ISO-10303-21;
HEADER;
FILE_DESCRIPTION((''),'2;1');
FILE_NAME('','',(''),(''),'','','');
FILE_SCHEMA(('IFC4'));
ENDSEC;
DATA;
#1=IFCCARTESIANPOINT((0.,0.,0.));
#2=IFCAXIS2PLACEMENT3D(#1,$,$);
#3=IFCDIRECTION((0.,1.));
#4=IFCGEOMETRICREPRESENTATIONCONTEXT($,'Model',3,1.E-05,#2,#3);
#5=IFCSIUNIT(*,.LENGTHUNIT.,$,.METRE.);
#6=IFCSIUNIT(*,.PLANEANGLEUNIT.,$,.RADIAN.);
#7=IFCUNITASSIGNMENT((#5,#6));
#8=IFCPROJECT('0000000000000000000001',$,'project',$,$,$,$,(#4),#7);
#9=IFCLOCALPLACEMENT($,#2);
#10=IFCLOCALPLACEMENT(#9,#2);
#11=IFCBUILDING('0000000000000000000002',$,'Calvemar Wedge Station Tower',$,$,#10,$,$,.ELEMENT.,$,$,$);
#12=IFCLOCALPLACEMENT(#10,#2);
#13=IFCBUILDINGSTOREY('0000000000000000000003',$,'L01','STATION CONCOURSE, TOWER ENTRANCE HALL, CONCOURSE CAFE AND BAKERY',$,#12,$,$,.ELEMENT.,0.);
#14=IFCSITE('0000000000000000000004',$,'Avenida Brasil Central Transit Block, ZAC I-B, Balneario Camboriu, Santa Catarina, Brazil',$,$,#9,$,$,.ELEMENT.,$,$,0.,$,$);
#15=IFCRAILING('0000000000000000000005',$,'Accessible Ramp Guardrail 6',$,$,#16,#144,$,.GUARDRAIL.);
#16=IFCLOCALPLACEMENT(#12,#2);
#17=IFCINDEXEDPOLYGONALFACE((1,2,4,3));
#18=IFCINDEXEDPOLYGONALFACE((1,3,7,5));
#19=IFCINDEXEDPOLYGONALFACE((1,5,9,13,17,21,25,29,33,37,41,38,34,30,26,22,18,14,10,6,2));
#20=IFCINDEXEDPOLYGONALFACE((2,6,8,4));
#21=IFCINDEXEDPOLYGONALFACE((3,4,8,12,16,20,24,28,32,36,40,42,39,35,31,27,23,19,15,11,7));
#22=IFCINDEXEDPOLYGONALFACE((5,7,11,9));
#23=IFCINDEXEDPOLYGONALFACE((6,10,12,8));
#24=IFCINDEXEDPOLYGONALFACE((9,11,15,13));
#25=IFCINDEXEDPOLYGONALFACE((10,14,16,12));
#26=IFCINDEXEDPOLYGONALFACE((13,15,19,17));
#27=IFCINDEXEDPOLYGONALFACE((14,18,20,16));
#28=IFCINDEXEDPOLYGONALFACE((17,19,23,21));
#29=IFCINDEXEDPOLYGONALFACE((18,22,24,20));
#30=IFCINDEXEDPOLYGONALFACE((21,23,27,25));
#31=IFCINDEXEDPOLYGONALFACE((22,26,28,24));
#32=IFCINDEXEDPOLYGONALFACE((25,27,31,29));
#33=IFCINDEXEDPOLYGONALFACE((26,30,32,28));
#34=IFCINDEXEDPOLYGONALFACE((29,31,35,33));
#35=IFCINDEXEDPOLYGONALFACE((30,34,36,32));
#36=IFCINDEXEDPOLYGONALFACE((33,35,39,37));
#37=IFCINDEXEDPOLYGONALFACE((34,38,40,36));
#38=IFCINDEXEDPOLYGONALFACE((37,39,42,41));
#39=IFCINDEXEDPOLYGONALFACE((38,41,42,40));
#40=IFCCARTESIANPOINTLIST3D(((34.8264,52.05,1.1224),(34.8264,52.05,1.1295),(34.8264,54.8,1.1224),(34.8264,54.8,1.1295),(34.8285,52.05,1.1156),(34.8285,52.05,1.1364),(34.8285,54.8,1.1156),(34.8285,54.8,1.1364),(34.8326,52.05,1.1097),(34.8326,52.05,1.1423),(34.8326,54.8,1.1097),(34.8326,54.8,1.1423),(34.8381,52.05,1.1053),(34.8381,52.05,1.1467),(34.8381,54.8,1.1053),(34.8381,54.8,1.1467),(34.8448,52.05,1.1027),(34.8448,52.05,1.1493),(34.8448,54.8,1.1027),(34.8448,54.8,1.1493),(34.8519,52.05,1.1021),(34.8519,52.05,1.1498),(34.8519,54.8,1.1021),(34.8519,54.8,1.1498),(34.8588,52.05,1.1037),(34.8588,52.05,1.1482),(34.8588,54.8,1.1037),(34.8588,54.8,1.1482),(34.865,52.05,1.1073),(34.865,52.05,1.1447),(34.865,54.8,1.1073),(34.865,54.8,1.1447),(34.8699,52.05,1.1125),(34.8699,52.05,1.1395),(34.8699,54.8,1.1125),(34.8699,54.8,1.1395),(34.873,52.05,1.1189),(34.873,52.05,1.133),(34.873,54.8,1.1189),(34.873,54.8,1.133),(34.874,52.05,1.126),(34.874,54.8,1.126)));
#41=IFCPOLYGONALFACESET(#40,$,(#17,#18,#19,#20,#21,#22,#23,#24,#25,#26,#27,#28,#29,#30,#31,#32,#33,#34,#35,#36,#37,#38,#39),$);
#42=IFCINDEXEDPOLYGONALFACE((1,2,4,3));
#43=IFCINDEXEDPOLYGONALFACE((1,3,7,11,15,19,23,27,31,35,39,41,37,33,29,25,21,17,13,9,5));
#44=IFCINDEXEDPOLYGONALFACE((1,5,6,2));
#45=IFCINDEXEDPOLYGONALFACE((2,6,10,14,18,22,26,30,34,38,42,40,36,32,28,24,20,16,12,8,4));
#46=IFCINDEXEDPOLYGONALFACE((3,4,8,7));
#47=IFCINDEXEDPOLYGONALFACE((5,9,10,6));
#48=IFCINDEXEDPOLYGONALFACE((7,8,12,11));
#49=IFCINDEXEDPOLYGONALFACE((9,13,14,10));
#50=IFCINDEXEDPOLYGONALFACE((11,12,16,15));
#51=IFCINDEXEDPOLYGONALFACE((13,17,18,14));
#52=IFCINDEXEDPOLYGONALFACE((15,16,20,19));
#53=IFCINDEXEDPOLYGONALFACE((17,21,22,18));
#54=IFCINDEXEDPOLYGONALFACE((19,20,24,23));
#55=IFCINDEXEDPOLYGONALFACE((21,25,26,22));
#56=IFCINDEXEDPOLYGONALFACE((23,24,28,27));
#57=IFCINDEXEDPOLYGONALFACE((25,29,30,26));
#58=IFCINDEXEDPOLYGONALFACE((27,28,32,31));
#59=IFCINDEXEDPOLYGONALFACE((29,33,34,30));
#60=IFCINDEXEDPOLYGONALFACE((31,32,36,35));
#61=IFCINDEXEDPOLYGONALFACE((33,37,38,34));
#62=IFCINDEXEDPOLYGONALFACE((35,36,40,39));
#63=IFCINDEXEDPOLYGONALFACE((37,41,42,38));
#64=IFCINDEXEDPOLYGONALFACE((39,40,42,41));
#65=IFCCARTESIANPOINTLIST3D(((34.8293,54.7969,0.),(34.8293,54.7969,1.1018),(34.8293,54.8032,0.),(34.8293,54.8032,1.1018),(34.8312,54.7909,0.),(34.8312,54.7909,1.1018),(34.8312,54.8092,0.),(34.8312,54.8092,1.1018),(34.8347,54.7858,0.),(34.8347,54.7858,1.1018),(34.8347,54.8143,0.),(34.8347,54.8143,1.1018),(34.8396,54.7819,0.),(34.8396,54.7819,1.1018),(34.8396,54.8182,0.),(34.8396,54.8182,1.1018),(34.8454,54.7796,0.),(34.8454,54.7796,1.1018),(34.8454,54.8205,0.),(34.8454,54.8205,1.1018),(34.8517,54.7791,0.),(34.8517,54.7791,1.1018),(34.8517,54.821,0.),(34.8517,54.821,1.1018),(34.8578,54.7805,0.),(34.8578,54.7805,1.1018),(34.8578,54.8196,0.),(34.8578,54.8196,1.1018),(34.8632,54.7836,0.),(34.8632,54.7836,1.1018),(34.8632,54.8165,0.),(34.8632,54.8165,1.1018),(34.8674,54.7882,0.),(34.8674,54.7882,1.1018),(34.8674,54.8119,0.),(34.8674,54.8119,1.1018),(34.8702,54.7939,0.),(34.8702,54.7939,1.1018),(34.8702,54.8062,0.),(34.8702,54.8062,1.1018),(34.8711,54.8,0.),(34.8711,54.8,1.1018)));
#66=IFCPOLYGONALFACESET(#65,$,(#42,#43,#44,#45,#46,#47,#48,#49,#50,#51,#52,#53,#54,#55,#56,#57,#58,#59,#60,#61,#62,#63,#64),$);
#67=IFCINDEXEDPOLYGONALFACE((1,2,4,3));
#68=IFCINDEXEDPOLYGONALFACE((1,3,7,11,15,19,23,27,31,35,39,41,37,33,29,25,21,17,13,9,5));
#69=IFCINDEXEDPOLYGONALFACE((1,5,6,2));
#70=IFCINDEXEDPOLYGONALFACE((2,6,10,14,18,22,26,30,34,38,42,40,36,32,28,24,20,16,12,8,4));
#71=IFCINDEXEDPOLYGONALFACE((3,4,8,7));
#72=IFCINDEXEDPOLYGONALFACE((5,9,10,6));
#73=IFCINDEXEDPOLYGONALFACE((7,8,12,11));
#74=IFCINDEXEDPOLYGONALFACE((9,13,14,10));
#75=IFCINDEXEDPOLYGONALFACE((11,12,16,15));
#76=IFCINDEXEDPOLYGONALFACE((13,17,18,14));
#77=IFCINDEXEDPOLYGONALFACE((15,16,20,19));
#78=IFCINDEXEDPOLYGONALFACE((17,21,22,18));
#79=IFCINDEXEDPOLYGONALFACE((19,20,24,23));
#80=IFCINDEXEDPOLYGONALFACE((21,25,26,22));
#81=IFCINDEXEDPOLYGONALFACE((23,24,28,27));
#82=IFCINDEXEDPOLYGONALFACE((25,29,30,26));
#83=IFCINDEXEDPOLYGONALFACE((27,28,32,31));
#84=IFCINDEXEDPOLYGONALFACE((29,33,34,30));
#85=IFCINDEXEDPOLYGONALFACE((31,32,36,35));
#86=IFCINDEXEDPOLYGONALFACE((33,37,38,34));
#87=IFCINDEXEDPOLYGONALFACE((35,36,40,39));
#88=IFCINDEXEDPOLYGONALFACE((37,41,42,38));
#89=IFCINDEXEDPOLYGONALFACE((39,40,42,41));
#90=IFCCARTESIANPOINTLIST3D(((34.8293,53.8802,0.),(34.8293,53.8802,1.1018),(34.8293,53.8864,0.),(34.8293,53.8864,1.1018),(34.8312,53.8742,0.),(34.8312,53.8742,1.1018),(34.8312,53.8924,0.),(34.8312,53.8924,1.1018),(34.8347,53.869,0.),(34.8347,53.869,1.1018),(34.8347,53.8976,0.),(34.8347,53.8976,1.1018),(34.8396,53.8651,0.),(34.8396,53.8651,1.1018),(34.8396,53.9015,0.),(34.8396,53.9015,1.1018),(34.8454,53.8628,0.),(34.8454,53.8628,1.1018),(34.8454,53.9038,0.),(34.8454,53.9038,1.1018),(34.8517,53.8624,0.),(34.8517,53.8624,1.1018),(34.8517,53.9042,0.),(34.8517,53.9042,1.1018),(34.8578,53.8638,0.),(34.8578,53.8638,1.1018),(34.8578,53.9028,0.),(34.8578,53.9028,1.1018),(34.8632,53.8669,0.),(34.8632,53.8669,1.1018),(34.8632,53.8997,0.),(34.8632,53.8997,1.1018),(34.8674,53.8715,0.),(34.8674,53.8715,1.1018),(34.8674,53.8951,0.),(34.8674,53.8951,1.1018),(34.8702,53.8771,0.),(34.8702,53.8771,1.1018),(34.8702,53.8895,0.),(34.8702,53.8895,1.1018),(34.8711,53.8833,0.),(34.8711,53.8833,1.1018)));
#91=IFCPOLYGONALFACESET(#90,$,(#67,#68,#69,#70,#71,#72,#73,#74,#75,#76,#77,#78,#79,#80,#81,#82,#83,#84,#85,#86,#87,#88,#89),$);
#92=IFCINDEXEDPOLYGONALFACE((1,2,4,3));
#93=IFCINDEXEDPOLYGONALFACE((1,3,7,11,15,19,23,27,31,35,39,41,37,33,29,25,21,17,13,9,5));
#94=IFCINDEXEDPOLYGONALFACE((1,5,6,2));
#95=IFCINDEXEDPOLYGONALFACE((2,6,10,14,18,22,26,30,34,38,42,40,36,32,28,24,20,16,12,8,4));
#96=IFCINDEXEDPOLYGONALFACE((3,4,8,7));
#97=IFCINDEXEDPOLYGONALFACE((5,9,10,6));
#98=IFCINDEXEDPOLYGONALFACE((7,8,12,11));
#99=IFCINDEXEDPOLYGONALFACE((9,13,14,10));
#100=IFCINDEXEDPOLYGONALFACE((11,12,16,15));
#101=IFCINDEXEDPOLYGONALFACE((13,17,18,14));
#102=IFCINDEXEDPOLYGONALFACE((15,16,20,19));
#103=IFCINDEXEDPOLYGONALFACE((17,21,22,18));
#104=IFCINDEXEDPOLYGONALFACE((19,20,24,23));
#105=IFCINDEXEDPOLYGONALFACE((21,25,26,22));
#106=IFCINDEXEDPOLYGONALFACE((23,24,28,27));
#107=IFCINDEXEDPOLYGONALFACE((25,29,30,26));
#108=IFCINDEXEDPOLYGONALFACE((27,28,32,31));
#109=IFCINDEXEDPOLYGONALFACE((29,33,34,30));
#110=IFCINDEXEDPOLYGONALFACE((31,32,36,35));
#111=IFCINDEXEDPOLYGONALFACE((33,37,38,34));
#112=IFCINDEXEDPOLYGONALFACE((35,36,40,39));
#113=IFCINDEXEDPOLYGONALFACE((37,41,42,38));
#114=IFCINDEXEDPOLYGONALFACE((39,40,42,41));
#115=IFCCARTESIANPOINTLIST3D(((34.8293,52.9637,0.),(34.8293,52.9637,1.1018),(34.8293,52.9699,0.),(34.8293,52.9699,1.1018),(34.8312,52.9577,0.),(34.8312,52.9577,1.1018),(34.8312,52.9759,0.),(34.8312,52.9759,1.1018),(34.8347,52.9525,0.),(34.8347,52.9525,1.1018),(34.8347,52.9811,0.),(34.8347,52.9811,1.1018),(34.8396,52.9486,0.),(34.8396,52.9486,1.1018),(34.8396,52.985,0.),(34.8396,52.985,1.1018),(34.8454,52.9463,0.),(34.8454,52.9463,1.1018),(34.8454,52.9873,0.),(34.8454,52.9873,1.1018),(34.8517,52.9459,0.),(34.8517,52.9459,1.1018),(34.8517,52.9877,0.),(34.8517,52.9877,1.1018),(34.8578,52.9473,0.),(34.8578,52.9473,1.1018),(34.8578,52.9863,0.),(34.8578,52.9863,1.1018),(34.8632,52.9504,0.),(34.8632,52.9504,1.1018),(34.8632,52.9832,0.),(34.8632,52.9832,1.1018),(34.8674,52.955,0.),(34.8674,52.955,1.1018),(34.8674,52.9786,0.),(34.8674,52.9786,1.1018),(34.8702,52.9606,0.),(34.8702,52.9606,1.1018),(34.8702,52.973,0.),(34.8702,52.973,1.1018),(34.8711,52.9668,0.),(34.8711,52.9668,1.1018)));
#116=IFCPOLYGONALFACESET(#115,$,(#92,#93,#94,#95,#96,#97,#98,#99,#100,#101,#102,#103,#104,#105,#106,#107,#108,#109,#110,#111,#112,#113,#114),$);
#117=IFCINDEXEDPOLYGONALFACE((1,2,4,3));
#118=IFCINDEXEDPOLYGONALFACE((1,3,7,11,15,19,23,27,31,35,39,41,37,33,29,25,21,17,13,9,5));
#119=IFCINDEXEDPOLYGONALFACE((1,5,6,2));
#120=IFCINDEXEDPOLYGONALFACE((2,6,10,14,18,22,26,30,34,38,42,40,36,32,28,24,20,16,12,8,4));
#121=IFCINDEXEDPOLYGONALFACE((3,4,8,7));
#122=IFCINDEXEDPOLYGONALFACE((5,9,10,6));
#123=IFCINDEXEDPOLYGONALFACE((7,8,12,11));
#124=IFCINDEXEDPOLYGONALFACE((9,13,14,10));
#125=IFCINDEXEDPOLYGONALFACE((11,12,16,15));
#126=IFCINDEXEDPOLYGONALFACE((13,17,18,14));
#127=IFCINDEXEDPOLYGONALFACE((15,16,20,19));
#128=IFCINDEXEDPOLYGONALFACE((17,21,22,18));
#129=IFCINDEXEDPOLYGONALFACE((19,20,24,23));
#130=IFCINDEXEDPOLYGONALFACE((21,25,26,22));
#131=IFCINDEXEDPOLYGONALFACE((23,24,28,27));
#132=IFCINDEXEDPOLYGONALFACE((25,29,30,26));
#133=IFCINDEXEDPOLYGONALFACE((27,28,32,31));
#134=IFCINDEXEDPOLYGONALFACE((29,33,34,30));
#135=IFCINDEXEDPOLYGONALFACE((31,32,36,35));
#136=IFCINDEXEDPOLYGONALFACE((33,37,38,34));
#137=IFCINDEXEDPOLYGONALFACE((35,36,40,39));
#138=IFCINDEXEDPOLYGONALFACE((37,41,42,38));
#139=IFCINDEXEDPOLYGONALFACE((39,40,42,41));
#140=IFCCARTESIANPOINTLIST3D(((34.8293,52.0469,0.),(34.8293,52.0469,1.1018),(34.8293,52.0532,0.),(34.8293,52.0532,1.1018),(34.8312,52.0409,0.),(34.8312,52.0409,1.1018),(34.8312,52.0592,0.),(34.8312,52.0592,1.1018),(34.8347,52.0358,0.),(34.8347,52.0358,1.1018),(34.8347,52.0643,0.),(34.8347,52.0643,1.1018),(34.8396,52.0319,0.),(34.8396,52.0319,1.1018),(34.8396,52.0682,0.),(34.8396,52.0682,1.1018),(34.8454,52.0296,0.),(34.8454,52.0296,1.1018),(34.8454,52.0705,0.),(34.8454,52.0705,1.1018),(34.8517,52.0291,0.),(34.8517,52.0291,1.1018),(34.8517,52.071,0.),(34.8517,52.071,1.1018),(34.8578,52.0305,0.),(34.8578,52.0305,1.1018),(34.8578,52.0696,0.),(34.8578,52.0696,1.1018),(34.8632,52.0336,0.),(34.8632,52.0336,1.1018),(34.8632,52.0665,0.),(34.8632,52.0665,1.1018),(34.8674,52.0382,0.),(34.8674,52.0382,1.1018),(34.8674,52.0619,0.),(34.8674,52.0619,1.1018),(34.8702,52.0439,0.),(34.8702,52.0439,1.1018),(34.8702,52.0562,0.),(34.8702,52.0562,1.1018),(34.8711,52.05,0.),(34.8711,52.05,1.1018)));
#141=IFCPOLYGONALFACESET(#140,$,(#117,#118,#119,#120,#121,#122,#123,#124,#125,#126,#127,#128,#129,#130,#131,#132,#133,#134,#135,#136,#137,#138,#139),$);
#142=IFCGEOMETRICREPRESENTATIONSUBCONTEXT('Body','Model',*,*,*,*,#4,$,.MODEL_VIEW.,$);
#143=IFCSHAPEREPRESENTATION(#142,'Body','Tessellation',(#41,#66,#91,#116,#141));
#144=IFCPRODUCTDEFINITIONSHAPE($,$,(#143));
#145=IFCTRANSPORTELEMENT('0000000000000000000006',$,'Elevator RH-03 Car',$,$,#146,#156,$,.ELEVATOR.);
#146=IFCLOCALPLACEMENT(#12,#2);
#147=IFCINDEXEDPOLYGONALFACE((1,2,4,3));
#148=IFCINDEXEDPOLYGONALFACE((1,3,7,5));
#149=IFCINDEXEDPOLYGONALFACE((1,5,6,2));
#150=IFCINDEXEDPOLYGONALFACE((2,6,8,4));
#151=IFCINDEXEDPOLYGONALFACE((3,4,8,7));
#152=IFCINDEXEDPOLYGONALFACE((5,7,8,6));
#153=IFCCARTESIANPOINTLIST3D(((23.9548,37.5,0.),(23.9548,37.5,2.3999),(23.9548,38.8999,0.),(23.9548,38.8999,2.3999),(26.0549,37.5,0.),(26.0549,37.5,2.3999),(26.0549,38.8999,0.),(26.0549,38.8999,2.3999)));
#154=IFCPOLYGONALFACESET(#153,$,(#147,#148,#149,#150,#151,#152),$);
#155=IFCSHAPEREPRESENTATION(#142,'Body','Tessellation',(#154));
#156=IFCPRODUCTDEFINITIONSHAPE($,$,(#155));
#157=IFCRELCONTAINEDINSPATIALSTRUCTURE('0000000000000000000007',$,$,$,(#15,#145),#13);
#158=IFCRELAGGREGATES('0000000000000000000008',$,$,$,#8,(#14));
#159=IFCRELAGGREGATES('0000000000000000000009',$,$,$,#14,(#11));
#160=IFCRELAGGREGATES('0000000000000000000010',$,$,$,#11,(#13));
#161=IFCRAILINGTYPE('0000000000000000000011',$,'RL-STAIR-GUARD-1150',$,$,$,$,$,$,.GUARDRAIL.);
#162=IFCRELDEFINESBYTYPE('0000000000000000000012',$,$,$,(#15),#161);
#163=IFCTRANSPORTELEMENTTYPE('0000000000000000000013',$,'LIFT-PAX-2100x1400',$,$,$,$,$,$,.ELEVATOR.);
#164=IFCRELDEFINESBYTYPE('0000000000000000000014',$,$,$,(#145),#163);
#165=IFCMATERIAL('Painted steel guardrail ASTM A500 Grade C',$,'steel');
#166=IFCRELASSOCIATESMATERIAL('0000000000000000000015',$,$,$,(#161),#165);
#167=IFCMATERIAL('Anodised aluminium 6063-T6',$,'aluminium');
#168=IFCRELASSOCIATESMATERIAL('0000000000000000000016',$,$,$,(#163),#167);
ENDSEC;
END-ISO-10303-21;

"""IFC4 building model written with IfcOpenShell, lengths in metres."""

from ifc_helpers import new_model, si_unit, direction, frame, origin, origin_2d, place, context, subcontext, project, spatial, rectangle, circle, extrude, source, transform, mapped, material, type_object, element, save


model = new_model("IFC4")

# Units and contexts
model_context = context("Model", 3, precision=1e-05, world=origin(), true_north=direction((0.0, 1.0)))
body_context = subcontext(model_context, "Body", "Model", "MODEL_VIEW")
ifc_project = project(units=[si_unit("LENGTHUNIT", "METRE"), si_unit("PLANEANGLEUNIT", "RADIAN")], contexts=[model_context])

# Site, building, storey
site_placement = place(None, origin())
site = spatial("IfcSite", under=ifc_project, at=site_placement, Name="Avenida Brasil Central Transit Block, ZAC I-B, Balneario Camboriu, Santa Catarina, Brazil", CompositionType="ELEMENT", RefElevation=0.0)
building_placement = place(site_placement, origin())
building = spatial("IfcBuilding", under=site, at=building_placement, Name="Calvemar Wedge Station Tower", CompositionType="ELEMENT")
storey_placement = place(building_placement, origin())
storey = spatial("IfcBuildingStorey", under=building, at=storey_placement, Name="L01", Description="STATION CONCOURSE, TOWER ENTRANCE HALL, CONCOURSE CAFE AND BAKERY", CompositionType="ELEMENT", Elevation=0.0)

# Railing
ifc_material_1 = material(Name="Painted steel guardrail ASTM A500 Grade C", Category="steel")
railing_type_1 = type_object("IfcRailingType", Name="RL-STAIR-GUARD-1150", PredefinedType="GUARDRAIL", material=ifc_material_1)
for number, where, name in (
    (1, (34.8501, 54.8, 0.0), "Accessible Ramp Guardrail 6"),
):
    element("IfcRailing", number, at=place(storey_placement, frame(where)), inside=storey, type_object=railing_type_1, Name=name, PredefinedType="GUARDRAIL", context=body_context, shape_type="SweptSolid", body=[
        extrude(circle(Radius=0.0239, at=origin_2d()), frame((0.0, 0.0, 1.126), z_axis=(0.0, -1.0, 0.0), x_axis=(1.0, 0.0, 0.0)), (0.0, 0.0, 1.0), 2.75),
        extrude(circle(Radius=0.021, at=origin_2d()), origin(), (0.0, 0.0, 1.0), 1.1018),
        extrude(circle(Radius=0.021, at=origin_2d()), frame((0.0, -0.9167, 0.0)), (0.0, 0.0, 1.0), 1.1018),
        extrude(circle(Radius=0.021, at=origin_2d()), frame((0.0, -1.8333, 0.0)), (0.0, 0.0, 1.0), 1.1018),
        extrude(circle(Radius=0.021, at=origin_2d()), frame((0.0, -2.75, 0.0)), (0.0, 0.0, 1.0), 1.1018),
    ])

# Transport element
ifc_material_2 = material(Name="Anodised aluminium 6063-T6", Category="aluminium")
transport_element_type = type_object("IfcTransportElementType", Name="LIFT-PAX-2100x1400", PredefinedType="ELEVATOR", material=ifc_material_2)
shared_shape_1 = source(origin(), body_context, "Body", "SweptSolid", [
    extrude(rectangle(XDim=2.1001, YDim=1.3999, at=origin_2d()), origin(), (0.0, 0.0, 1.0), 2.3999),
])
transport_element_placement = place(storey_placement, frame((25.0049, 38.2, 0.0), z_axis=(0.0, 0.0, 1.0), x_axis=(1.0, 0.0, 0.0)))
element("IfcTransportElement", 2, at=transport_element_placement, inside=storey, type_object=transport_element_type, Name="Elevator RH-03 Car", PredefinedType="ELEVATOR", context=body_context, shape_type="MappedRepresentation", body=[
    mapped(shared_shape_1, transform((0.0, 0.0, 0.0), scale=1.0)),
])

save(model, "model.ifc")
